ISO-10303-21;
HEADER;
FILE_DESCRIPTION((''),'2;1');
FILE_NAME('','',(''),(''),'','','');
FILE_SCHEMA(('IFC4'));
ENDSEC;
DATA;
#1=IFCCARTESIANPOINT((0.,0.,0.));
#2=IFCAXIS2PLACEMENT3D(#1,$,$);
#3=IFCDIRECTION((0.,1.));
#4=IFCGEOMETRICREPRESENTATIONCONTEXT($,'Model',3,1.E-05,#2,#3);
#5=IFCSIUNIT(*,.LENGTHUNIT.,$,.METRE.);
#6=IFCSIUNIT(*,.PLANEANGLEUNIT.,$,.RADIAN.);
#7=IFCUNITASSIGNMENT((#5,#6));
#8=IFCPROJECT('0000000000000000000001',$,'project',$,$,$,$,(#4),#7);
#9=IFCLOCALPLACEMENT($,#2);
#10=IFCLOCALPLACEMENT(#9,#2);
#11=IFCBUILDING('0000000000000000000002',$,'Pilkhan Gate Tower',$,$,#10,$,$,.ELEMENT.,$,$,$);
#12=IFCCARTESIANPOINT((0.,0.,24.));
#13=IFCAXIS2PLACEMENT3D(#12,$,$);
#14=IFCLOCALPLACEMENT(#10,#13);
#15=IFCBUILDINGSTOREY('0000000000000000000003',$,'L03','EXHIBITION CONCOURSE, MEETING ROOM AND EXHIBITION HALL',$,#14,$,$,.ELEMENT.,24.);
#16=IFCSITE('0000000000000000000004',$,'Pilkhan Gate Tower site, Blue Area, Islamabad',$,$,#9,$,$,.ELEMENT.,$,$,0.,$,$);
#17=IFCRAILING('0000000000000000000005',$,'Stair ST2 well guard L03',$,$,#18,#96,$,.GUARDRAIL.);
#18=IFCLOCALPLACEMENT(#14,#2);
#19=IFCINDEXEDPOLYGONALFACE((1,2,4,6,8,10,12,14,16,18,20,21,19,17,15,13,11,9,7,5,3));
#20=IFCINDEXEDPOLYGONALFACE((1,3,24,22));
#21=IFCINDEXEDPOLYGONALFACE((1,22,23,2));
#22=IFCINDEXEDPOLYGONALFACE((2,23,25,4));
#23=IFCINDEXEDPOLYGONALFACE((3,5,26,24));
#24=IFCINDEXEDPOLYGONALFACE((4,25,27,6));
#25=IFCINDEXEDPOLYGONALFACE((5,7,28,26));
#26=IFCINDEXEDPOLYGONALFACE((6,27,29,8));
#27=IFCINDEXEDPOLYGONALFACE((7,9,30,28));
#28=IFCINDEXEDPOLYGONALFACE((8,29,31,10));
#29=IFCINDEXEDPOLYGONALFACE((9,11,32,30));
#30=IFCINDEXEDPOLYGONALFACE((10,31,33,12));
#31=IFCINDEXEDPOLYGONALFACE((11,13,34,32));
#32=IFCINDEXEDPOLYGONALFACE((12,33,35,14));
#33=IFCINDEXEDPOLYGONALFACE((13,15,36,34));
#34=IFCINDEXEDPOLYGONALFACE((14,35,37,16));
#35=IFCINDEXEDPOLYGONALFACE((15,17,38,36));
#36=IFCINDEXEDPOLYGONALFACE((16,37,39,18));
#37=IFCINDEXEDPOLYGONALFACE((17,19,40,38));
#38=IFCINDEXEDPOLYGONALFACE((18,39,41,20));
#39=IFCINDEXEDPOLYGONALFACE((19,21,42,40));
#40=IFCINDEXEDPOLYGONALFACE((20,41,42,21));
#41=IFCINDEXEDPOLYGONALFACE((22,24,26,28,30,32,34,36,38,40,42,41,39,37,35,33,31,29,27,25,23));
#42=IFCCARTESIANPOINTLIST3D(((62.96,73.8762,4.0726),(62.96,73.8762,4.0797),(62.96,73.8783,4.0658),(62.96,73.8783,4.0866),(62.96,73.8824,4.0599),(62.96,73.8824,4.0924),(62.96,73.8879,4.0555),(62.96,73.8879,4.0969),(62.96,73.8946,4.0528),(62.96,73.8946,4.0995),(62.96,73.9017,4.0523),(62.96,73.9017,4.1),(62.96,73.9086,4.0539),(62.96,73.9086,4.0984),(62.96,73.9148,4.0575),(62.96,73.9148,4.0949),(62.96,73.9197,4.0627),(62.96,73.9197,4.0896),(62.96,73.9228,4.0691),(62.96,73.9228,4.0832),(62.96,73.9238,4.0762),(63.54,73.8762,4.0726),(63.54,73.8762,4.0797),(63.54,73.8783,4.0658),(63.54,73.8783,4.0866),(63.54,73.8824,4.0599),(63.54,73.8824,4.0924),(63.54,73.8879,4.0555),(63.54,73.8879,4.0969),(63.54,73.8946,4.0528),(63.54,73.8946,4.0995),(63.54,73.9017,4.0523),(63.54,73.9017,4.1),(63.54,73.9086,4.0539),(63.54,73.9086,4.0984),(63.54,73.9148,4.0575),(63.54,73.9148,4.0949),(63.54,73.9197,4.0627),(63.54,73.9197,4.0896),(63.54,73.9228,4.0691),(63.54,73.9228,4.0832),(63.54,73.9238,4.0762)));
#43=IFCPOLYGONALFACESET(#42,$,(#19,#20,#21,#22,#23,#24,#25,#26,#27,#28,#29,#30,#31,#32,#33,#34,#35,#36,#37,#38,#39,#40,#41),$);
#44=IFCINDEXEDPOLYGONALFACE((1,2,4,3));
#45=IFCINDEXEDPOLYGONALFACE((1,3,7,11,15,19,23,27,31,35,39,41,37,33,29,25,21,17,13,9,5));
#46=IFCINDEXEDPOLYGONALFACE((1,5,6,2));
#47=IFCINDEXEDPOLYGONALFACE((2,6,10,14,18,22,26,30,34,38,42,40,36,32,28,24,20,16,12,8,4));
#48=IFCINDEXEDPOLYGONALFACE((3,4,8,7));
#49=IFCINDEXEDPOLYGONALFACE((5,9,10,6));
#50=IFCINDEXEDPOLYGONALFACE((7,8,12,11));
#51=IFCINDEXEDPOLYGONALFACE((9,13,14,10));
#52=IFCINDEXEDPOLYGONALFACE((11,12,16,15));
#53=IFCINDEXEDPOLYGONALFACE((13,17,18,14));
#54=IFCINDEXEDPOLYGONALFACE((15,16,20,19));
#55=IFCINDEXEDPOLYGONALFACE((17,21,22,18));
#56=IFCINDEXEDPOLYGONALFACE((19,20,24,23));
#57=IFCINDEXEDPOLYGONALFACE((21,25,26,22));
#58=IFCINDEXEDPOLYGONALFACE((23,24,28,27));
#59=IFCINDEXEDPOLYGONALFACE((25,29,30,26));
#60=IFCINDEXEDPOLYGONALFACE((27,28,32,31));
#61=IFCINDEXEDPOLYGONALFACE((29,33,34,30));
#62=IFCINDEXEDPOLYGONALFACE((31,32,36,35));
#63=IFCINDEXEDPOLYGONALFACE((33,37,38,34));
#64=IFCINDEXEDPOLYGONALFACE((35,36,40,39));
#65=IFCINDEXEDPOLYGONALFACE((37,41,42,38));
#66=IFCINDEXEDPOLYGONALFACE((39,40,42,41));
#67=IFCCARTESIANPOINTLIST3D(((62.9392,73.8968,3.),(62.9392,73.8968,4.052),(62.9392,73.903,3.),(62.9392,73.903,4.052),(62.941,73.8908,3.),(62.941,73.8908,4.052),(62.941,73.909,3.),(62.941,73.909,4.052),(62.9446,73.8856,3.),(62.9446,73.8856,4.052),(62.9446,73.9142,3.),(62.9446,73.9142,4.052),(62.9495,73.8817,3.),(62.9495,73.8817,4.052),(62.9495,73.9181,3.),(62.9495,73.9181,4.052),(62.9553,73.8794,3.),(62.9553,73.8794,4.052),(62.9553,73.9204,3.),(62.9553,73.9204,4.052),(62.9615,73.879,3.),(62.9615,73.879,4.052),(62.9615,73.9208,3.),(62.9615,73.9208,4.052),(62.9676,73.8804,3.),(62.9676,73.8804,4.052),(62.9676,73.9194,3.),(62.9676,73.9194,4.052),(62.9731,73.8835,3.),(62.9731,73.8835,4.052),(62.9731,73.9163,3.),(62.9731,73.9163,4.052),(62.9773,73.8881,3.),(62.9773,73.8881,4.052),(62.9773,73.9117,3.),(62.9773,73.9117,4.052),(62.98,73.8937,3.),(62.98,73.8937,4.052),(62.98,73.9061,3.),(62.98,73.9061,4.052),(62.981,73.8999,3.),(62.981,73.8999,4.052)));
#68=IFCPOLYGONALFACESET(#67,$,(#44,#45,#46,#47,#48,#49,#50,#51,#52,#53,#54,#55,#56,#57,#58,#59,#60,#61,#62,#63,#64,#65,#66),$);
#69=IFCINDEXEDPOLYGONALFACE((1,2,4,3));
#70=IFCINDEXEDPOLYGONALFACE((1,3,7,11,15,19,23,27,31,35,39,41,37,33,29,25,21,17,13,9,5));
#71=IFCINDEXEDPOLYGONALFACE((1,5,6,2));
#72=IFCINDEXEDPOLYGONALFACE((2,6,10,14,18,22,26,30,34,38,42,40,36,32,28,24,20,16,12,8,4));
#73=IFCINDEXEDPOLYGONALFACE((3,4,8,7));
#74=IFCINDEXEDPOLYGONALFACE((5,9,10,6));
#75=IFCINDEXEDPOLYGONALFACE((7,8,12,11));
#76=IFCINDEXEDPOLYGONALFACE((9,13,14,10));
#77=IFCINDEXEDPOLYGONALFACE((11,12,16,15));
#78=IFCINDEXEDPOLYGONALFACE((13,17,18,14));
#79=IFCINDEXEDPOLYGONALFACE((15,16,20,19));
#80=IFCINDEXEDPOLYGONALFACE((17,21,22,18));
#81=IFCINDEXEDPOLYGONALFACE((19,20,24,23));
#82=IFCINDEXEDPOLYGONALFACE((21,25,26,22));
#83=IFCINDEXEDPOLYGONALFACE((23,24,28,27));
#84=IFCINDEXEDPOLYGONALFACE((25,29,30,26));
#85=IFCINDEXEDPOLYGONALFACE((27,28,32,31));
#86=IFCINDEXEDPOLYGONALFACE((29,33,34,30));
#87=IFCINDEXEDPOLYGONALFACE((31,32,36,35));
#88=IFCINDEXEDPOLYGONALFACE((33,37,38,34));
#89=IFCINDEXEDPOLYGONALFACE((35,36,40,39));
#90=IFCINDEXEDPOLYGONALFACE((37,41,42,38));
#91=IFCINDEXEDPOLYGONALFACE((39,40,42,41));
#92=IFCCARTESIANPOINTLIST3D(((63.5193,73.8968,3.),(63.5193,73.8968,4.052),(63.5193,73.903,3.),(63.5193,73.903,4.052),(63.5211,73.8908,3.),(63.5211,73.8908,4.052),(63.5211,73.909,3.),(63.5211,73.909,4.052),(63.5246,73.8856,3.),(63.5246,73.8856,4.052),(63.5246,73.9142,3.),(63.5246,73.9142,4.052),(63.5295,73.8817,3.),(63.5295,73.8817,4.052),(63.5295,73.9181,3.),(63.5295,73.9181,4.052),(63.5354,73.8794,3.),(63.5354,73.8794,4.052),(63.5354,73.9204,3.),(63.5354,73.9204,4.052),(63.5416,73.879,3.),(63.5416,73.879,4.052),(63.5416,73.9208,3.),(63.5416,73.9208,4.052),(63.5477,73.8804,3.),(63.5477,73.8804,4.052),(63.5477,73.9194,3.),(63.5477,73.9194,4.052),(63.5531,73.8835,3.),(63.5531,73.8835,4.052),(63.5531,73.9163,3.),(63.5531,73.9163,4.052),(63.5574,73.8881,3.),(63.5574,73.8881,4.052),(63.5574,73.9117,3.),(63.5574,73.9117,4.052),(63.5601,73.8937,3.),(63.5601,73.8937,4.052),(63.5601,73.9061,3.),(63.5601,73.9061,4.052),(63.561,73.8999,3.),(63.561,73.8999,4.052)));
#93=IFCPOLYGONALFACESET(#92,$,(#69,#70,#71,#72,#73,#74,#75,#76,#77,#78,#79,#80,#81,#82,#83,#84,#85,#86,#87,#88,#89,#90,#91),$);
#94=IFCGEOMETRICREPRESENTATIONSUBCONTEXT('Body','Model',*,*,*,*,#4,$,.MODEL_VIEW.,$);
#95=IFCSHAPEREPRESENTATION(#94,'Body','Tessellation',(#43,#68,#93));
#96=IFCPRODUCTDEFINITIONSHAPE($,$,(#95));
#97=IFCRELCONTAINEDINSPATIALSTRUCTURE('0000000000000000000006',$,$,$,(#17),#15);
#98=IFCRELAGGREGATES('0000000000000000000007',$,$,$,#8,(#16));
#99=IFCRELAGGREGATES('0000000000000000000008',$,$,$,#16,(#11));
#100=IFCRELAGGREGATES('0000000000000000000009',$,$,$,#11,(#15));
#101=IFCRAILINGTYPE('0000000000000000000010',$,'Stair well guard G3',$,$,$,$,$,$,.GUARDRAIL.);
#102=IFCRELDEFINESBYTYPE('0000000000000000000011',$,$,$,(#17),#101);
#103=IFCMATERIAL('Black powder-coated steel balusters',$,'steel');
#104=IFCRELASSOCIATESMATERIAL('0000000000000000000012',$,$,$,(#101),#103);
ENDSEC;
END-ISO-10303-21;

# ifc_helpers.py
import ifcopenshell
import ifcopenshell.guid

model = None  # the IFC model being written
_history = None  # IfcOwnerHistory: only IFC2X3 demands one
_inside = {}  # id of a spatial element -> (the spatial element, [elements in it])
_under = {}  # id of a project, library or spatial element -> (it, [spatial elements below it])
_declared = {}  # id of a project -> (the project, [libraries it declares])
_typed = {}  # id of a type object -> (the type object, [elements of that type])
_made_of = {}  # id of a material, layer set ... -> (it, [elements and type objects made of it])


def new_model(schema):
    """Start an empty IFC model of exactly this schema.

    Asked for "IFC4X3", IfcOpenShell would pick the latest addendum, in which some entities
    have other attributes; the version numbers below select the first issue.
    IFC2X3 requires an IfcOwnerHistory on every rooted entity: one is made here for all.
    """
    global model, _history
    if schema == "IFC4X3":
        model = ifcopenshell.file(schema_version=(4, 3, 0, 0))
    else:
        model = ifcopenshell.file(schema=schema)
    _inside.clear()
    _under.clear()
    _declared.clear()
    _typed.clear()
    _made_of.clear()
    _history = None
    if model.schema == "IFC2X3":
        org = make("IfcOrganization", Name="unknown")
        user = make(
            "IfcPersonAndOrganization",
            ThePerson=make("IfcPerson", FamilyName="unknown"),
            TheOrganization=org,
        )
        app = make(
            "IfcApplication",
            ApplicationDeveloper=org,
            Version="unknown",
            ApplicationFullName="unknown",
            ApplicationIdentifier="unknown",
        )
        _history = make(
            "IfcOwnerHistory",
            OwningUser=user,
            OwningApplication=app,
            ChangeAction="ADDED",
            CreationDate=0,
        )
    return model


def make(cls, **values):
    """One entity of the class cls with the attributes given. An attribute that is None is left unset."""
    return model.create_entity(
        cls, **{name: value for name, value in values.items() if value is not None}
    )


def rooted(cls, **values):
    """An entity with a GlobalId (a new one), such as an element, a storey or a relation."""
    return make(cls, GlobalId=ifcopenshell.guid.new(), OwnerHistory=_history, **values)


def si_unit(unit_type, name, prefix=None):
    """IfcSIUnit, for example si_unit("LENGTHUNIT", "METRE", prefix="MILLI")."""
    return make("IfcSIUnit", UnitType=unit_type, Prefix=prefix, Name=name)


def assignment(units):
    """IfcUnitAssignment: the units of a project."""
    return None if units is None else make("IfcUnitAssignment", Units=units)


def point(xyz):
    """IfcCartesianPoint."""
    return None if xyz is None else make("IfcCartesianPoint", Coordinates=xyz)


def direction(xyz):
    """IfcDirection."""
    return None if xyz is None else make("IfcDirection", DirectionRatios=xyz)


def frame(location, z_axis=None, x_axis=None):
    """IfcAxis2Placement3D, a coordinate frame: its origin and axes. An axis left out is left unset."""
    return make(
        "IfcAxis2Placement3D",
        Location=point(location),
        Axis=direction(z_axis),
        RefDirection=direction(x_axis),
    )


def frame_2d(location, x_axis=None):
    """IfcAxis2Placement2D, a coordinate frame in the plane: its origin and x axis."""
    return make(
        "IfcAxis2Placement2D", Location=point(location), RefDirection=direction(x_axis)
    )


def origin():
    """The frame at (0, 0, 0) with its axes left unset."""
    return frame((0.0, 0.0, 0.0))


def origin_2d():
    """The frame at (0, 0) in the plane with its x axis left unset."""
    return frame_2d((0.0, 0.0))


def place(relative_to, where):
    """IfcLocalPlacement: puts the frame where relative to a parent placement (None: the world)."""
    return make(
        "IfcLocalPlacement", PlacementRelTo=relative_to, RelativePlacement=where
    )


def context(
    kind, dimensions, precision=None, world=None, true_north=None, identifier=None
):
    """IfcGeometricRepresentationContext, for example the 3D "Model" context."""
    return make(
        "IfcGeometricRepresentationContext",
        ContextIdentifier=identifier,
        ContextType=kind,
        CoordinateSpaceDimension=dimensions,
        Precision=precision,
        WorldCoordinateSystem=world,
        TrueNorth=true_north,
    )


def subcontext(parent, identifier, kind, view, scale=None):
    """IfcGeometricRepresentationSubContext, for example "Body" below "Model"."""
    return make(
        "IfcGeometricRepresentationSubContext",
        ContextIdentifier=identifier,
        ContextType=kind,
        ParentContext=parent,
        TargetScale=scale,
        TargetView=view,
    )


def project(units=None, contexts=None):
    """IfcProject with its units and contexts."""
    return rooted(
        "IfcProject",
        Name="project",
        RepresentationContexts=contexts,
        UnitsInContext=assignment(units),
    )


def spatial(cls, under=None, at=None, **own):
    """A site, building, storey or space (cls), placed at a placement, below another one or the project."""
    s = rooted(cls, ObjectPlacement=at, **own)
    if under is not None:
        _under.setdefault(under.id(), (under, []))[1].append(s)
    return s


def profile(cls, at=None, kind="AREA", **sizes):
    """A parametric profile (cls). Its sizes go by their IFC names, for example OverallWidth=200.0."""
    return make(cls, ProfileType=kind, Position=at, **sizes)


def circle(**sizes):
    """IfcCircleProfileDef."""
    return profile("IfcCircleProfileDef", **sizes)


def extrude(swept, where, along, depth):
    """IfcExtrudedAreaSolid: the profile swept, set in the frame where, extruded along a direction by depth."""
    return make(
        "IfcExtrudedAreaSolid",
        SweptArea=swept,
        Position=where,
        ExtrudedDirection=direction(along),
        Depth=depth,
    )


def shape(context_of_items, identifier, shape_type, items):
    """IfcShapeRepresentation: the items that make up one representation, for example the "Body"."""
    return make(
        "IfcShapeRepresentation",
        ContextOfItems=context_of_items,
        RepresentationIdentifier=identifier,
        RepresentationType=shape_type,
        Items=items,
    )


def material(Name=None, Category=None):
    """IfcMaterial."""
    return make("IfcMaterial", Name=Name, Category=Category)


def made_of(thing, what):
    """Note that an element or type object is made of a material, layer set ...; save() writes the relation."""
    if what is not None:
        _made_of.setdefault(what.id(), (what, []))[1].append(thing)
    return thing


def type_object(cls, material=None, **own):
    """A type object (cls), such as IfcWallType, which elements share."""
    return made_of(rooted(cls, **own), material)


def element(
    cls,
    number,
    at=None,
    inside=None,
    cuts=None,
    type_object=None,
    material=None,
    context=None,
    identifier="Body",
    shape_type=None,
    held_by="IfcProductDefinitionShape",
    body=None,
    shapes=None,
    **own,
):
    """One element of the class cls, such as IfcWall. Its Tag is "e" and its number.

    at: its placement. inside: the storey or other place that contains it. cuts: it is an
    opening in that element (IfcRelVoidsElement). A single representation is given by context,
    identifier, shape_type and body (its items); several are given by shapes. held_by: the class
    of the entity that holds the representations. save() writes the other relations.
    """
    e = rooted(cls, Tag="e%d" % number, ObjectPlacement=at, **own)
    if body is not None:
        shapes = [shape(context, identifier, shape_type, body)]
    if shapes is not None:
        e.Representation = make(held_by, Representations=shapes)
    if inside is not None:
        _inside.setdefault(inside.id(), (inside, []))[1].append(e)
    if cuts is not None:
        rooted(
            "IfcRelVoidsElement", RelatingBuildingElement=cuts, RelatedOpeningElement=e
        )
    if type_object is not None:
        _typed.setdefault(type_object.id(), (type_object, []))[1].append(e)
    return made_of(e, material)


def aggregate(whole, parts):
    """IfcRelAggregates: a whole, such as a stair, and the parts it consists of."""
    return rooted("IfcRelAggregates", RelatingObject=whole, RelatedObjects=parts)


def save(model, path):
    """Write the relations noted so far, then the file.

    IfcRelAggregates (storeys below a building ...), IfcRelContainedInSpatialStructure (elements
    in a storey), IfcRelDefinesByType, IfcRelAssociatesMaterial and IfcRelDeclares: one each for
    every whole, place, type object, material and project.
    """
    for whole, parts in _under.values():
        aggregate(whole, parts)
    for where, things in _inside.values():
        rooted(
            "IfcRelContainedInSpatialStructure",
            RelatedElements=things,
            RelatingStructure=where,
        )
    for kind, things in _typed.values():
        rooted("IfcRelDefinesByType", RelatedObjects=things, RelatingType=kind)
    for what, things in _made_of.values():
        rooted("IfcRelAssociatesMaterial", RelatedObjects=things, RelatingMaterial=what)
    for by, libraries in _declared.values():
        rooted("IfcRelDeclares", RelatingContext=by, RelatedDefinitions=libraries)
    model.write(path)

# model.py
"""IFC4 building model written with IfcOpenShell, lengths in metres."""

from ifc_helpers import new_model, si_unit, direction, frame, origin, origin_2d, place, context, subcontext, project, spatial, circle, extrude, material, type_object, element, save


model = new_model("IFC4")

# Units and contexts
model_context = context("Model", 3, precision=1e-05, world=origin(), true_north=direction((0.0, 1.0)))
body_context = subcontext(model_context, "Body", "Model", "MODEL_VIEW")
ifc_project = project(units=[si_unit("LENGTHUNIT", "METRE"), si_unit("PLANEANGLEUNIT", "RADIAN")], contexts=[model_context])

# Site, building, storey
site_placement = place(None, origin())
site = spatial("IfcSite", under=ifc_project, at=site_placement, Name="Pilkhan Gate Tower site, Blue Area, Islamabad", CompositionType="ELEMENT", RefElevation=0.0)
building_placement = place(site_placement, origin())
building = spatial("IfcBuilding", under=site, at=building_placement, Name="Pilkhan Gate Tower", CompositionType="ELEMENT")
storey_placement = place(building_placement, frame((0.0, 0.0, 24.0)))
storey = spatial("IfcBuildingStorey", under=building, at=storey_placement, Name="L03", Description="EXHIBITION CONCOURSE, MEETING ROOM AND EXHIBITION HALL", CompositionType="ELEMENT", Elevation=24.0)

# Railing
ifc_material_1 = material(Name="Black powder-coated steel balusters", Category="steel")
railing_type_1 = type_object("IfcRailingType", Name="Stair well guard G3", PredefinedType="GUARDRAIL", material=ifc_material_1)
for number, where, name in (
    (1, (62.96, 73.8999, 3.0), "Stair ST2 well guard L03"),
):
    element("IfcRailing", number, at=place(storey_placement, frame(where)), inside=storey, type_object=railing_type_1, Name=name, PredefinedType="GUARDRAIL", context=body_context, shape_type="SweptSolid", body=[
        extrude(circle(Radius=0.0239, at=origin_2d()), frame((0.0, 0.0, 1.0762), z_axis=(1.0, 0.0, 0.0), x_axis=(0.0, 1.0, 0.0)), (0.0, 0.0, 1.0), 0.5801),
        extrude(circle(Radius=0.021, at=origin_2d()), origin(), (0.0, 0.0, 1.0), 1.052),
        extrude(circle(Radius=0.021, at=origin_2d()), frame((0.5801, 0.0, 0.0)), (0.0, 0.0, 1.0), 1.052),
    ])

save(model, "model.ifc")
